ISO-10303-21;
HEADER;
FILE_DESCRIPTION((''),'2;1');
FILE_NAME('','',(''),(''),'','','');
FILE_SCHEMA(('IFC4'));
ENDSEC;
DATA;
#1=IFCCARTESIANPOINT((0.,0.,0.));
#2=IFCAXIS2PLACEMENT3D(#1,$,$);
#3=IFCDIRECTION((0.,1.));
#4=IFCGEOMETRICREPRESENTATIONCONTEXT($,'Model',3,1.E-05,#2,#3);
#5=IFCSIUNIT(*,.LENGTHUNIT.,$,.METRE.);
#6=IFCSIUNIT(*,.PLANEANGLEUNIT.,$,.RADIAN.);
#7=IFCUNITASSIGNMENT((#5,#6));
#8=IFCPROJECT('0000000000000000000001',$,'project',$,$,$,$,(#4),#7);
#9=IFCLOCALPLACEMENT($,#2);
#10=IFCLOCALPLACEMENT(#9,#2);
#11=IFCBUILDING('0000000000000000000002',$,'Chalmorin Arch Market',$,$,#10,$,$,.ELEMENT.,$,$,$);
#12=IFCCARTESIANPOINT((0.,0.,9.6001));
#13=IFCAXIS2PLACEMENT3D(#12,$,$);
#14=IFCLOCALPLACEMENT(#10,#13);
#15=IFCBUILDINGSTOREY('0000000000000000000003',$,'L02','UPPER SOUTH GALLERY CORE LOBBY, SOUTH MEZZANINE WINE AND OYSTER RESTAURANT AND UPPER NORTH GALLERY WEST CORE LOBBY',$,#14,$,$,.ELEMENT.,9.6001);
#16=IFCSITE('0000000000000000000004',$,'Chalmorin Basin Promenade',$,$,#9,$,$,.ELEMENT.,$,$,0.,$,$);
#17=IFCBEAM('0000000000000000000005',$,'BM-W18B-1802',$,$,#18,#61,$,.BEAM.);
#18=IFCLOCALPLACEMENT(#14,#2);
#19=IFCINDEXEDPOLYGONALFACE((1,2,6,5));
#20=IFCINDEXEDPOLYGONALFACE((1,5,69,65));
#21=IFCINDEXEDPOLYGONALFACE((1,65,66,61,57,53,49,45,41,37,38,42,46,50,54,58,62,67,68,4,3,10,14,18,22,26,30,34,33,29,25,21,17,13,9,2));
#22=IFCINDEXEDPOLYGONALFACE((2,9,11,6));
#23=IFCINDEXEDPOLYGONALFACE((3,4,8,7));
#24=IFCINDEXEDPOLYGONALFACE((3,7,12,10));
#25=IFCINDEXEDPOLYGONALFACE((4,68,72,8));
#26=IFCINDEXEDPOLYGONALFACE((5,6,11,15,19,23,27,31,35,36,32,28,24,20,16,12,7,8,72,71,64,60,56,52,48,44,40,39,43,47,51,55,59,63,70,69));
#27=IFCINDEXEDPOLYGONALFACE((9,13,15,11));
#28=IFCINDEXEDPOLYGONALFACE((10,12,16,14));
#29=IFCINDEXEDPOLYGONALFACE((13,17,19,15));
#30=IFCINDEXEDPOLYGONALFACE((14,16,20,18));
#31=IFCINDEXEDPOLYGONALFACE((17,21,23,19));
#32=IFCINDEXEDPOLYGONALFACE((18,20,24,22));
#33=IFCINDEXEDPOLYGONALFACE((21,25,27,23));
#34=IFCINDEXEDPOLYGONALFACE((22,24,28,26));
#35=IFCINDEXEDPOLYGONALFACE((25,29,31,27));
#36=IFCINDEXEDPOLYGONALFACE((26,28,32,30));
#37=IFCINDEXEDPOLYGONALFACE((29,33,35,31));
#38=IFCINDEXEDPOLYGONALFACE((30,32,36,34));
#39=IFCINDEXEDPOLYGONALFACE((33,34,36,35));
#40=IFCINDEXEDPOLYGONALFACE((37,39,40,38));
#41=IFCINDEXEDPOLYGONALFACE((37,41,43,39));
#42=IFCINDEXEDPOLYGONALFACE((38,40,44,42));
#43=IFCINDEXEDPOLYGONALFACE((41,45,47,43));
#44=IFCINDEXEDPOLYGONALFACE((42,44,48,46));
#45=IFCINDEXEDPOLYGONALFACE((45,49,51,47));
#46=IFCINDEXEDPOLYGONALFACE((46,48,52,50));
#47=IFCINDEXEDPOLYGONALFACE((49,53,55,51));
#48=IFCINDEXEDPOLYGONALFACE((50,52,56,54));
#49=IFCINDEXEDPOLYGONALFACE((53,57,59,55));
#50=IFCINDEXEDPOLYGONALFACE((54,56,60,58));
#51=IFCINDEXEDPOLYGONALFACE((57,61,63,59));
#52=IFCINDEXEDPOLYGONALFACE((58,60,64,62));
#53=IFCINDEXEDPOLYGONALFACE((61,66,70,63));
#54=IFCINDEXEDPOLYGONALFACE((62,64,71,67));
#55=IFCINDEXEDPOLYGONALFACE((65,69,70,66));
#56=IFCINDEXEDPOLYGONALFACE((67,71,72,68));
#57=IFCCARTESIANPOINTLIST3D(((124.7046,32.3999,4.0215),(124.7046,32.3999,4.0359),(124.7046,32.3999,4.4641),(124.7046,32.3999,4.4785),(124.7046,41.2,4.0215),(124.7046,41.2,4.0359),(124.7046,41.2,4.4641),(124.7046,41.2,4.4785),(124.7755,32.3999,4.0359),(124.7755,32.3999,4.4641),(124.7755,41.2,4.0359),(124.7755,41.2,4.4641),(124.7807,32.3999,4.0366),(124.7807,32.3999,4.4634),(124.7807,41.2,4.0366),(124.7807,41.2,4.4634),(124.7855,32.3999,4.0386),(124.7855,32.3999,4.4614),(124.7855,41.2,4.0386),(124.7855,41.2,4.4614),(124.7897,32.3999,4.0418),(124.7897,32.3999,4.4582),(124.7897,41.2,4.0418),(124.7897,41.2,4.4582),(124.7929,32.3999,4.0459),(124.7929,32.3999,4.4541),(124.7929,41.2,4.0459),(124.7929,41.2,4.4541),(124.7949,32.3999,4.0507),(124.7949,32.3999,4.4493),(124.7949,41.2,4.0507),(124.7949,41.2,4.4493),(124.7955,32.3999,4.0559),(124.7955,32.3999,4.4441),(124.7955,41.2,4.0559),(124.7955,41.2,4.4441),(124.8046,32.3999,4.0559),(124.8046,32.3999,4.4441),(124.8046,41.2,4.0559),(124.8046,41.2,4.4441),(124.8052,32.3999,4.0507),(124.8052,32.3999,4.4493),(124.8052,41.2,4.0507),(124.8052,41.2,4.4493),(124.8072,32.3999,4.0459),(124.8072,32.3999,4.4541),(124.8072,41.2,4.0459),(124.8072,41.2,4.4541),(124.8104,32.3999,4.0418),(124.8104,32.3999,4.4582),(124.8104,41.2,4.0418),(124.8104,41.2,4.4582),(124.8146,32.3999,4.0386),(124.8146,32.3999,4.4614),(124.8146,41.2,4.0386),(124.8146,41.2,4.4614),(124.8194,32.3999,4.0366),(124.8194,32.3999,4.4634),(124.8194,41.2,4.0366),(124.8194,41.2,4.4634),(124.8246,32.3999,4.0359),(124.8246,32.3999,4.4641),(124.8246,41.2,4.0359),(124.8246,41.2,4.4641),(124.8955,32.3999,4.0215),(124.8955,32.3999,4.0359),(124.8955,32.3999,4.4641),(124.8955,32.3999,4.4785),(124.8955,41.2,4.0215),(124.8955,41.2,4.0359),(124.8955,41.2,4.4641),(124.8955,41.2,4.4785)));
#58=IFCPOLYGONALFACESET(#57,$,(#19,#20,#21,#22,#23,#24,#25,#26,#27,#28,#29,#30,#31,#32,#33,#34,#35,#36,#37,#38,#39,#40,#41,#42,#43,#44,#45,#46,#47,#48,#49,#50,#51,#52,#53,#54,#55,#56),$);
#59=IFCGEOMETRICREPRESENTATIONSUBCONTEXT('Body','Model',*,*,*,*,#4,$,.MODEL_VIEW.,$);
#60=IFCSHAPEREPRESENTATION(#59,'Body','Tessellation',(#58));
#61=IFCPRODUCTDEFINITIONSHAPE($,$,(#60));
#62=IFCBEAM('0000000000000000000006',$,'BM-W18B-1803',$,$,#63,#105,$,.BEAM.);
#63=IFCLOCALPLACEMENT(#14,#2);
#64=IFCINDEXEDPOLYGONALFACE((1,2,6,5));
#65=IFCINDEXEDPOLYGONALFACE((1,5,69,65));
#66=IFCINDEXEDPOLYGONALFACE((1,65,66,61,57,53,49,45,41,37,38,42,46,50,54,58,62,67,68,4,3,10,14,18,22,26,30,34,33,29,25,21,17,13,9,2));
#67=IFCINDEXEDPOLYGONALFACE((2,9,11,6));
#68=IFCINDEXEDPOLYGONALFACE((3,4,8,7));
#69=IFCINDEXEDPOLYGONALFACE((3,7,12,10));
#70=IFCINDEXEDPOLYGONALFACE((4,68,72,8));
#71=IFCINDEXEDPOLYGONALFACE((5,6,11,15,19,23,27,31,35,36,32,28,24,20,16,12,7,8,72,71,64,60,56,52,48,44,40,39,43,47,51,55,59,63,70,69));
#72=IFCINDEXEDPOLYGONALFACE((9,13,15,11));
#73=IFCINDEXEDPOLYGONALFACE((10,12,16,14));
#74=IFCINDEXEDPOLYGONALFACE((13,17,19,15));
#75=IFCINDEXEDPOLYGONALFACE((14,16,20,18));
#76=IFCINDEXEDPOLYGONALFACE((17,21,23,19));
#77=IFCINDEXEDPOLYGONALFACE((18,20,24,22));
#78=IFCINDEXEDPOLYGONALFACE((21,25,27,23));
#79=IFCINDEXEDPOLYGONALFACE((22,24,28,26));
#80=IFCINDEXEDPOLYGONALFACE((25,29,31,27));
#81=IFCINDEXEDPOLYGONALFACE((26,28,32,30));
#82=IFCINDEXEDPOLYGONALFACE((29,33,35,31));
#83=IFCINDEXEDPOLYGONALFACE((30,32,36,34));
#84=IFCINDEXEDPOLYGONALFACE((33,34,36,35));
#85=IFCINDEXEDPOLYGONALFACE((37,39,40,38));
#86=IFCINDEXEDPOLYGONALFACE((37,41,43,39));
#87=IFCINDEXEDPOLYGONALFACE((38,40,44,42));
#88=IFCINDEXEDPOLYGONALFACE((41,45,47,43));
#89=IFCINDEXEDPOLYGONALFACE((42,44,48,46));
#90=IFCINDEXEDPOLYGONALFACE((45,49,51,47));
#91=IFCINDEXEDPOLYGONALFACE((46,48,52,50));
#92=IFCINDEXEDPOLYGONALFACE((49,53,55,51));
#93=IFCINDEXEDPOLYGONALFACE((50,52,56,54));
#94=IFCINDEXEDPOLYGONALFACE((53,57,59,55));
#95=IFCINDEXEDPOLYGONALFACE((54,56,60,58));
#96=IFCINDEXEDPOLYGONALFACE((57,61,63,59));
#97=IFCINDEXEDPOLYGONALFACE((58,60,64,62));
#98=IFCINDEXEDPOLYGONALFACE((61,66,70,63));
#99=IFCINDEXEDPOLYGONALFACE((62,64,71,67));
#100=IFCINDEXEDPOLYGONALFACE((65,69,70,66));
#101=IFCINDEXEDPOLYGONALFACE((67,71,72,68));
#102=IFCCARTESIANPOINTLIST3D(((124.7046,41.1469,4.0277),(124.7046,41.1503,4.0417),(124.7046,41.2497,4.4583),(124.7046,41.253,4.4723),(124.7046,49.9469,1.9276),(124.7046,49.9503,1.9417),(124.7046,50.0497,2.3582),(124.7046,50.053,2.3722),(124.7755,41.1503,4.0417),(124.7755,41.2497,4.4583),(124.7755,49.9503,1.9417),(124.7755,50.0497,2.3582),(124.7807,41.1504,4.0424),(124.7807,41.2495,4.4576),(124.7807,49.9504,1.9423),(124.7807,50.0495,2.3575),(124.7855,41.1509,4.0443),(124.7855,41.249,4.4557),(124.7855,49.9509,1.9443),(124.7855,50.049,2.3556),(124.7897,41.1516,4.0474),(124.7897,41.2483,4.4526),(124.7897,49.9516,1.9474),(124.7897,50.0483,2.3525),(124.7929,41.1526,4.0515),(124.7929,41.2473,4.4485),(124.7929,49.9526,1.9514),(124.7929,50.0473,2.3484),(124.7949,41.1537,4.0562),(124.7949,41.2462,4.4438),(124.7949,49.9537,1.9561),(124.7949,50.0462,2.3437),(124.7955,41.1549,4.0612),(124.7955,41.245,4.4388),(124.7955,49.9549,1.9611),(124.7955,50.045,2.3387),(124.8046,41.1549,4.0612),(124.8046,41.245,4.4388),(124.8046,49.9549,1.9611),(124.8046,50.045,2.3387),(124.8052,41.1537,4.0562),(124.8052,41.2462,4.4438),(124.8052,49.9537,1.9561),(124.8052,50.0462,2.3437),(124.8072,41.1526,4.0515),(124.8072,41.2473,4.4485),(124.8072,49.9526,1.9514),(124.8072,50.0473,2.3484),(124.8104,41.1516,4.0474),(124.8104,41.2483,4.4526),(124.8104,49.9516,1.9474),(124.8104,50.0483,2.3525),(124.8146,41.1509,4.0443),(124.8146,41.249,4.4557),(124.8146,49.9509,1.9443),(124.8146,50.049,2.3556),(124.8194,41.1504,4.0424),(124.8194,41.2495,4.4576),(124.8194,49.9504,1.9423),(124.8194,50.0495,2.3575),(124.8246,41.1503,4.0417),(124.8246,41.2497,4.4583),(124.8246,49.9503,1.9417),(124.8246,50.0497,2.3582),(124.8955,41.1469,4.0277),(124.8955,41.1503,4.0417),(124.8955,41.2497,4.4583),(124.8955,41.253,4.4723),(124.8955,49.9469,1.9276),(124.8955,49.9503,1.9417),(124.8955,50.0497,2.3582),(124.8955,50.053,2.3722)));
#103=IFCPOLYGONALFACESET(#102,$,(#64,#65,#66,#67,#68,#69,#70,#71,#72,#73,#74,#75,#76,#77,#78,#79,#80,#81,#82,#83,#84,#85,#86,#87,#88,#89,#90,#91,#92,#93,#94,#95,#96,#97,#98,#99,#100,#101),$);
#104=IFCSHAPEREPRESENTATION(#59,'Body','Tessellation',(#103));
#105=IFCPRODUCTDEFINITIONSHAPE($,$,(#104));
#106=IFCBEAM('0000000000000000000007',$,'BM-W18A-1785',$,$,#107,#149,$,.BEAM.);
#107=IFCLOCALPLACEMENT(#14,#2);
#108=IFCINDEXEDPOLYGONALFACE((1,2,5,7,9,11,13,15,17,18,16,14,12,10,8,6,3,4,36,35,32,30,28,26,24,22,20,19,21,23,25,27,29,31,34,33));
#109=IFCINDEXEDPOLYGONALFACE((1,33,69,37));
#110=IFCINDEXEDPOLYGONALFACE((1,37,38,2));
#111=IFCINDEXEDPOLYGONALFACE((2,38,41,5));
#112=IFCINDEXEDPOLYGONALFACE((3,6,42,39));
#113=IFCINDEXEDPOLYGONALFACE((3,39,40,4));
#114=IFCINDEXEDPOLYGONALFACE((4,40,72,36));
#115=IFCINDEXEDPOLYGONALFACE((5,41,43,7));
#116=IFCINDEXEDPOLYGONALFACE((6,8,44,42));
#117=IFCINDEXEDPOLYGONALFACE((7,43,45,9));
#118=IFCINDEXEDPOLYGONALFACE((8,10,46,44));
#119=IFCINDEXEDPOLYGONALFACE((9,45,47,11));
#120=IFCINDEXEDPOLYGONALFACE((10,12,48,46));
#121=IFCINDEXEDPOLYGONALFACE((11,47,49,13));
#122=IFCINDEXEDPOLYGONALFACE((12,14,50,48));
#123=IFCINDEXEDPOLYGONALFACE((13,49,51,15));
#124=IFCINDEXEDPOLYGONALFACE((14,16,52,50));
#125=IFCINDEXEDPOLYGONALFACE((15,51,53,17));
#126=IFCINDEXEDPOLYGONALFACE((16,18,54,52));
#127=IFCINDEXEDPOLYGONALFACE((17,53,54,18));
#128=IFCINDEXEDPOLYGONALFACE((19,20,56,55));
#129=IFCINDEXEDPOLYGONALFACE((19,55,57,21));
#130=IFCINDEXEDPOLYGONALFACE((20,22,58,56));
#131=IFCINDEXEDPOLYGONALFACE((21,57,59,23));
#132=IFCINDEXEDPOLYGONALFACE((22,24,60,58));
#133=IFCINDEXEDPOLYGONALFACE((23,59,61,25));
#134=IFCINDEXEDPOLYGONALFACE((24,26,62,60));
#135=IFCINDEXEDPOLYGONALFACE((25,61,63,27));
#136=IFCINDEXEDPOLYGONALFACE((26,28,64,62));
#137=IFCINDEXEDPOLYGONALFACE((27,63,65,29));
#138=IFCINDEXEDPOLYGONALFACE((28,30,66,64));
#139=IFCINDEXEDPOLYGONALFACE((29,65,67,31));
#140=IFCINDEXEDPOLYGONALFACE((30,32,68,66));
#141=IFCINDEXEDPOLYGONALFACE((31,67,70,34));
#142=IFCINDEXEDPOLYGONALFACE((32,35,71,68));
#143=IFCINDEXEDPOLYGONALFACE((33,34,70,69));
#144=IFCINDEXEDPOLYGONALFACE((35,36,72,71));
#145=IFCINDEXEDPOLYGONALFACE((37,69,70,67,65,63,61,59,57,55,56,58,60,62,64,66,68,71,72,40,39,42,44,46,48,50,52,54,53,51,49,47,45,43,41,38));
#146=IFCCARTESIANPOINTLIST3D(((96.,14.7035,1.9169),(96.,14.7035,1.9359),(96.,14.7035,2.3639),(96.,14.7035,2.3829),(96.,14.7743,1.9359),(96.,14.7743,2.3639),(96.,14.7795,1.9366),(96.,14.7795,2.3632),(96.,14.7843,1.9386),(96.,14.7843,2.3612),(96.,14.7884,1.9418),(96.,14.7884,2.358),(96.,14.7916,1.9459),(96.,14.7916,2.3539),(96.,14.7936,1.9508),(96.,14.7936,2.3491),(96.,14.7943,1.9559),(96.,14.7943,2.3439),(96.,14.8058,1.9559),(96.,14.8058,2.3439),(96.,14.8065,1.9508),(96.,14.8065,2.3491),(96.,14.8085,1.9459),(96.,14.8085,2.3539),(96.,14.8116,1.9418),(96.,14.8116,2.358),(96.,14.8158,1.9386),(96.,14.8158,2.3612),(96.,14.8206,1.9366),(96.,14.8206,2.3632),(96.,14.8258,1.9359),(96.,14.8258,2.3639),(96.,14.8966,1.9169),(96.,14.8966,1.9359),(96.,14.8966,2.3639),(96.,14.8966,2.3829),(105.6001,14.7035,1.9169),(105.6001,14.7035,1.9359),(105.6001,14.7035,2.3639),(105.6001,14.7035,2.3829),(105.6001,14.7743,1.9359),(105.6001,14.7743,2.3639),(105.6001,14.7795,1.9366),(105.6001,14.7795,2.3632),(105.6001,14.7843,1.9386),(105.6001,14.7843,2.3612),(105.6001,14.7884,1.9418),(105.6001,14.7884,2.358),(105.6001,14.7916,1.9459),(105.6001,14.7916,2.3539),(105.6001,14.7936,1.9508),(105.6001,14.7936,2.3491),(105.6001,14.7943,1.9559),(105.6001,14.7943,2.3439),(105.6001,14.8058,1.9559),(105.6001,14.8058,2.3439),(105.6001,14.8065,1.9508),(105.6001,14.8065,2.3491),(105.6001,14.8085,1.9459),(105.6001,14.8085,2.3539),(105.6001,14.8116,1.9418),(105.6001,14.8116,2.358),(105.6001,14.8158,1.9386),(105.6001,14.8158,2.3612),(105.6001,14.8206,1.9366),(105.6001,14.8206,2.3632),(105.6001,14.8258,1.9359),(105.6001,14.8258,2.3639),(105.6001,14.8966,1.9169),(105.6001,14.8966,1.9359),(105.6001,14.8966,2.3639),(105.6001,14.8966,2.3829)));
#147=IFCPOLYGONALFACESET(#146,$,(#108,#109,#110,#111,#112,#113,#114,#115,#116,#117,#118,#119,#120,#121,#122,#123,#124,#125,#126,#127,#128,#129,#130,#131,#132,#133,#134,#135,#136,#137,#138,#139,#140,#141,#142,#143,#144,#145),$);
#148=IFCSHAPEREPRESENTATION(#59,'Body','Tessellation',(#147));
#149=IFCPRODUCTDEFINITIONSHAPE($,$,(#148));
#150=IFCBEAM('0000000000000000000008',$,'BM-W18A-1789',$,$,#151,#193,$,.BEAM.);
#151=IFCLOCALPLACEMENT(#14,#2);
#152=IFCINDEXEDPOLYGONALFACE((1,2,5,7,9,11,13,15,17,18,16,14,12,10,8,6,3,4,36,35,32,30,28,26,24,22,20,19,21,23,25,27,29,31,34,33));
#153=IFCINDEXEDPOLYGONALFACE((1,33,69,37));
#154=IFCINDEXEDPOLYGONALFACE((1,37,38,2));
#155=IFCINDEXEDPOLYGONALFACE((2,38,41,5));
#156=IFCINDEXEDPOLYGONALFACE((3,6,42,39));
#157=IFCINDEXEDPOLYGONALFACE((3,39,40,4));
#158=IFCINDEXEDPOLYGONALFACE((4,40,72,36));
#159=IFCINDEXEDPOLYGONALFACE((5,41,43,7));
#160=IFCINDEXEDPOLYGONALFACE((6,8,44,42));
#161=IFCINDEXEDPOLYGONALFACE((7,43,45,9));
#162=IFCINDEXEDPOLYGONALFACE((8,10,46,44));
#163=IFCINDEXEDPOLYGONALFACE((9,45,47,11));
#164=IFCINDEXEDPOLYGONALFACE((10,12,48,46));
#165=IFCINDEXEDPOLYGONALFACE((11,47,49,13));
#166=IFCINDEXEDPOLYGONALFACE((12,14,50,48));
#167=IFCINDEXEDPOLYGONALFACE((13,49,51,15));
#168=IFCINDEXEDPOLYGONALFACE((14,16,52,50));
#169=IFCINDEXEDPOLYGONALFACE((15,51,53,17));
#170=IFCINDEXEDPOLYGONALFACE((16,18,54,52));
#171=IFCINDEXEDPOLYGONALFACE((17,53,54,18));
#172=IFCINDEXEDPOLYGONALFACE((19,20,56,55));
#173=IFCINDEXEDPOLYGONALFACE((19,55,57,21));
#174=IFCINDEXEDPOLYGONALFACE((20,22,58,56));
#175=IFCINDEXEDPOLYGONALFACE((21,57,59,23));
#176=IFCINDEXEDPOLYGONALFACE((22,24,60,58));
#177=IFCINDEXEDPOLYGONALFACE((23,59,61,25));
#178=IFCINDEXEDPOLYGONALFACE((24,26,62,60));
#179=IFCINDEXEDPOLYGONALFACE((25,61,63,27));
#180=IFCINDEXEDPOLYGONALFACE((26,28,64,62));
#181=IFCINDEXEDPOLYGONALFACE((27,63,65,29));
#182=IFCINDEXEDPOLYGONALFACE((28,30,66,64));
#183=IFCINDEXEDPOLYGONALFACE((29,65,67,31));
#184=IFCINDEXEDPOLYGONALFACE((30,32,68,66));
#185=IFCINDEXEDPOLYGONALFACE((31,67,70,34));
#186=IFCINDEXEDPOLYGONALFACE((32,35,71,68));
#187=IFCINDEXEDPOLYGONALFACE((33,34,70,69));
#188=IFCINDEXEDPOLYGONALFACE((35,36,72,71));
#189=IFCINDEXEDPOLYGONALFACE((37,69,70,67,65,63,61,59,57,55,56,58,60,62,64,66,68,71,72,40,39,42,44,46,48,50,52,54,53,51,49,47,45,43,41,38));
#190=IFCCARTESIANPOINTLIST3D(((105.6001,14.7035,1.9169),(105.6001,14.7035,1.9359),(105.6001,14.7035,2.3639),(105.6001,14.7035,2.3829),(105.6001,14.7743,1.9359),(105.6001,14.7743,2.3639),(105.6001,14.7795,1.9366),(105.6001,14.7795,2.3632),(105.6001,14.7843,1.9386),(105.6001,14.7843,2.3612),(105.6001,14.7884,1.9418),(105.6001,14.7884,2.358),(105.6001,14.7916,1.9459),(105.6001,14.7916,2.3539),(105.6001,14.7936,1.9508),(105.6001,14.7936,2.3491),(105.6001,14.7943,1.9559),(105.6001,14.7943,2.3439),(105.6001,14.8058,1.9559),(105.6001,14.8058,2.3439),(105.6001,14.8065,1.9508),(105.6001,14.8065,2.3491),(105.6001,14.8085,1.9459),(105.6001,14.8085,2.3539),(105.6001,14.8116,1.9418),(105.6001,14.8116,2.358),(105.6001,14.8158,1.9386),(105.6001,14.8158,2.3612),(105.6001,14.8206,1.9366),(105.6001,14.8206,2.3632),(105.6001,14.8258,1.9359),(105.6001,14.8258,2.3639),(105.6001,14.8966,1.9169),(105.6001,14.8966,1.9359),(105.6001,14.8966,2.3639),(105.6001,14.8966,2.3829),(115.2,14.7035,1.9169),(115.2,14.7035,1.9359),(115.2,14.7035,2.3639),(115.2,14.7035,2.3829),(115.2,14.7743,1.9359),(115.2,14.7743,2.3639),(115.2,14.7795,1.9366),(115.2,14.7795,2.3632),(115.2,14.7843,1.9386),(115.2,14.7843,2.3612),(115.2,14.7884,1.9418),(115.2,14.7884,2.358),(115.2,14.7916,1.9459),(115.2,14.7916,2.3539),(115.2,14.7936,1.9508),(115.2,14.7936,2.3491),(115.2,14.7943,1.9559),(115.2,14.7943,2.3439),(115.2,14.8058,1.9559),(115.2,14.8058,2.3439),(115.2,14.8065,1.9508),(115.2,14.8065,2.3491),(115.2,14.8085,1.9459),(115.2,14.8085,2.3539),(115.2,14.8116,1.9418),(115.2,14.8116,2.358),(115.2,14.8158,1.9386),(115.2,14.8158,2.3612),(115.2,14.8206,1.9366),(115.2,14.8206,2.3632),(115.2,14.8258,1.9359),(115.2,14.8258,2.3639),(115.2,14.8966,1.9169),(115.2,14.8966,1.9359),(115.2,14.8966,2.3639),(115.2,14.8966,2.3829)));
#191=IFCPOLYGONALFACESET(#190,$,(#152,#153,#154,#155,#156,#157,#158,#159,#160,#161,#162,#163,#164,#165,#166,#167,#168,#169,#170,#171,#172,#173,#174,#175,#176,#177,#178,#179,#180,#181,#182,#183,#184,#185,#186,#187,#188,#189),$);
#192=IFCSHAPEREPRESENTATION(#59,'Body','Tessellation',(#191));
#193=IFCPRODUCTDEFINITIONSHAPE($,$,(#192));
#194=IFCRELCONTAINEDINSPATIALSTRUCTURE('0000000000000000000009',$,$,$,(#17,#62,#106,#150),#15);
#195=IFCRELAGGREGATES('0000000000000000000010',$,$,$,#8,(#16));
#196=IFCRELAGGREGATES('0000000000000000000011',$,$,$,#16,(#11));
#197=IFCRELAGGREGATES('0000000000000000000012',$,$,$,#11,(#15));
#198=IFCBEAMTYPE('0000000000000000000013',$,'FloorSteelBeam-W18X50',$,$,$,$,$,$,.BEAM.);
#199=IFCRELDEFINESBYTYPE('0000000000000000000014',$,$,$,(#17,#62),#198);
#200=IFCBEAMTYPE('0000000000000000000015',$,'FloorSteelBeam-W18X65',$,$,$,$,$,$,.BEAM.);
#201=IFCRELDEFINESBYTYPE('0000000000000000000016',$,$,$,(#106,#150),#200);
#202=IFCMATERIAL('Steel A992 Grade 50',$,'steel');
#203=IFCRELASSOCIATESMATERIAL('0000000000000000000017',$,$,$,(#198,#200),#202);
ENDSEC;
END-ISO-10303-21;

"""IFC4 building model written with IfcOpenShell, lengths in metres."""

from ifc_helpers import new_model, si_unit, direction, frame, origin, origin_2d, place, context, subcontext, project, spatial, i_section, extrude, material, material_profile, profile_set, type_object, element, save


model = new_model("IFC4")

# Units and contexts
model_context = context("Model", 3, precision=1e-05, world=origin(), true_north=direction((0.0, 1.0)))
body_context = subcontext(model_context, "Body", "Model", "MODEL_VIEW")
ifc_project = project(units=[si_unit("LENGTHUNIT", "METRE"), si_unit("PLANEANGLEUNIT", "RADIAN")], contexts=[model_context])

# Site, building, storey
site_placement = place(None, origin())
site = spatial("IfcSite", under=ifc_project, at=site_placement, Name="Chalmorin Basin Promenade", CompositionType="ELEMENT", RefElevation=0.0)
building_placement = place(site_placement, origin())
building = spatial("IfcBuilding", under=site, at=building_placement, Name="Chalmorin Arch Market", CompositionType="ELEMENT")
storey_placement = place(building_placement, frame((0.0, 0.0, 9.6001)))
storey = spatial("IfcBuildingStorey", under=building, at=storey_placement, Name="L02", Description="UPPER SOUTH GALLERY CORE LOBBY, SOUTH MEZZANINE WINE AND OYSTER RESTAURANT AND UPPER NORTH GALLERY WEST CORE LOBBY", CompositionType="ELEMENT", Elevation=9.6001)

# Beams
ifc_material_1 = material(Name="Steel A992 Grade 50", Category="steel")
ifc_material_profile_1 = material_profile(ifc_material_1, i_section(OverallWidth=0.1909, OverallDepth=0.457, WebThickness=0.009, FlangeThickness=0.0144, FilletRadius=0.02, at=origin_2d()), Name="W18X50")
ifc_profile_set_1 = profile_set([ifc_material_profile_1], Name="Steel A992 Grade 50")
beam_type_1 = type_object("IfcBeamType", Name="FloorSteelBeam-W18X50", PredefinedType="BEAM", material=ifc_profile_set_1)
beam_1_placement = place(storey_placement, frame((124.8, 32.3999, 4.25), z_axis=(0.0, 1.0, 0.0), x_axis=(-1.0, 0.0, 0.0)))
element("IfcBeam", 1, at=beam_1_placement, inside=storey, type_object=beam_type_1, Name="BM-W18B-1802", PredefinedType="BEAM", context=body_context, shape_type="SweptSolid", body=[
    extrude(i_section(OverallWidth=0.1909, OverallDepth=0.457, WebThickness=0.009, FlangeThickness=0.0144, FilletRadius=0.02, at=origin_2d()), origin(), (0.0, 0.0, 1.0), 8.8),
])
beam_2_placement = place(storey_placement, frame((124.8, 41.2, 4.25), z_axis=(0.0, 0.972685, -0.232128), x_axis=(-1.0, 0.0, 0.0)))
element("IfcBeam", 2, at=beam_2_placement, inside=storey, type_object=beam_type_1, Name="BM-W18B-1803", PredefinedType="BEAM", context=body_context, shape_type="SweptSolid", body=[
    extrude(i_section(OverallWidth=0.1909, OverallDepth=0.457, WebThickness=0.009, FlangeThickness=0.0144, FilletRadius=0.02, at=origin_2d()), origin(), (0.0, 0.0, 1.0), 9.0471),
])
ifc_material_profile_2 = material_profile(ifc_material_1, i_section(OverallWidth=0.1931, OverallDepth=0.4661, WebThickness=0.0115, FlangeThickness=0.019, FilletRadius=0.02, at=origin_2d()), Name="W18X65")
ifc_profile_set_2 = profile_set([ifc_material_profile_2], Name="Steel A992 Grade 50")
beam_type_2 = type_object("IfcBeamType", Name="FloorSteelBeam-W18X65", PredefinedType="BEAM", material=ifc_profile_set_2)
beam_3_placement = place(storey_placement, frame((96.0, 14.8, 2.1499), z_axis=(1.0, 0.0, 0.0), x_axis=(0.0, 1.0, 0.0)))
element("IfcBeam", 3, at=beam_3_placement, inside=storey, type_object=beam_type_2, Name="BM-W18A-1785", PredefinedType="BEAM", context=body_context, shape_type="SweptSolid", body=[
    extrude(i_section(OverallWidth=0.1931, OverallDepth=0.4661, WebThickness=0.0115, FlangeThickness=0.019, FilletRadius=0.02, at=origin_2d()), origin(), (0.0, 0.0, 1.0), 9.6001),
])
beam_4_placement = place(storey_placement, frame((105.6001, 14.8, 2.1499), z_axis=(1.0, 0.0, 0.0), x_axis=(0.0, 1.0, 0.0)))
element("IfcBeam", 4, at=beam_4_placement, inside=storey, type_object=beam_type_2, Name="BM-W18A-1789", PredefinedType="BEAM", context=body_context, shape_type="SweptSolid", body=[
    extrude(i_section(OverallWidth=0.1931, OverallDepth=0.4661, WebThickness=0.0115, FlangeThickness=0.019, FilletRadius=0.02, at=origin_2d()), origin(), (0.0, 0.0, 1.0), 9.5999),
])

save(model, "model.ifc")
